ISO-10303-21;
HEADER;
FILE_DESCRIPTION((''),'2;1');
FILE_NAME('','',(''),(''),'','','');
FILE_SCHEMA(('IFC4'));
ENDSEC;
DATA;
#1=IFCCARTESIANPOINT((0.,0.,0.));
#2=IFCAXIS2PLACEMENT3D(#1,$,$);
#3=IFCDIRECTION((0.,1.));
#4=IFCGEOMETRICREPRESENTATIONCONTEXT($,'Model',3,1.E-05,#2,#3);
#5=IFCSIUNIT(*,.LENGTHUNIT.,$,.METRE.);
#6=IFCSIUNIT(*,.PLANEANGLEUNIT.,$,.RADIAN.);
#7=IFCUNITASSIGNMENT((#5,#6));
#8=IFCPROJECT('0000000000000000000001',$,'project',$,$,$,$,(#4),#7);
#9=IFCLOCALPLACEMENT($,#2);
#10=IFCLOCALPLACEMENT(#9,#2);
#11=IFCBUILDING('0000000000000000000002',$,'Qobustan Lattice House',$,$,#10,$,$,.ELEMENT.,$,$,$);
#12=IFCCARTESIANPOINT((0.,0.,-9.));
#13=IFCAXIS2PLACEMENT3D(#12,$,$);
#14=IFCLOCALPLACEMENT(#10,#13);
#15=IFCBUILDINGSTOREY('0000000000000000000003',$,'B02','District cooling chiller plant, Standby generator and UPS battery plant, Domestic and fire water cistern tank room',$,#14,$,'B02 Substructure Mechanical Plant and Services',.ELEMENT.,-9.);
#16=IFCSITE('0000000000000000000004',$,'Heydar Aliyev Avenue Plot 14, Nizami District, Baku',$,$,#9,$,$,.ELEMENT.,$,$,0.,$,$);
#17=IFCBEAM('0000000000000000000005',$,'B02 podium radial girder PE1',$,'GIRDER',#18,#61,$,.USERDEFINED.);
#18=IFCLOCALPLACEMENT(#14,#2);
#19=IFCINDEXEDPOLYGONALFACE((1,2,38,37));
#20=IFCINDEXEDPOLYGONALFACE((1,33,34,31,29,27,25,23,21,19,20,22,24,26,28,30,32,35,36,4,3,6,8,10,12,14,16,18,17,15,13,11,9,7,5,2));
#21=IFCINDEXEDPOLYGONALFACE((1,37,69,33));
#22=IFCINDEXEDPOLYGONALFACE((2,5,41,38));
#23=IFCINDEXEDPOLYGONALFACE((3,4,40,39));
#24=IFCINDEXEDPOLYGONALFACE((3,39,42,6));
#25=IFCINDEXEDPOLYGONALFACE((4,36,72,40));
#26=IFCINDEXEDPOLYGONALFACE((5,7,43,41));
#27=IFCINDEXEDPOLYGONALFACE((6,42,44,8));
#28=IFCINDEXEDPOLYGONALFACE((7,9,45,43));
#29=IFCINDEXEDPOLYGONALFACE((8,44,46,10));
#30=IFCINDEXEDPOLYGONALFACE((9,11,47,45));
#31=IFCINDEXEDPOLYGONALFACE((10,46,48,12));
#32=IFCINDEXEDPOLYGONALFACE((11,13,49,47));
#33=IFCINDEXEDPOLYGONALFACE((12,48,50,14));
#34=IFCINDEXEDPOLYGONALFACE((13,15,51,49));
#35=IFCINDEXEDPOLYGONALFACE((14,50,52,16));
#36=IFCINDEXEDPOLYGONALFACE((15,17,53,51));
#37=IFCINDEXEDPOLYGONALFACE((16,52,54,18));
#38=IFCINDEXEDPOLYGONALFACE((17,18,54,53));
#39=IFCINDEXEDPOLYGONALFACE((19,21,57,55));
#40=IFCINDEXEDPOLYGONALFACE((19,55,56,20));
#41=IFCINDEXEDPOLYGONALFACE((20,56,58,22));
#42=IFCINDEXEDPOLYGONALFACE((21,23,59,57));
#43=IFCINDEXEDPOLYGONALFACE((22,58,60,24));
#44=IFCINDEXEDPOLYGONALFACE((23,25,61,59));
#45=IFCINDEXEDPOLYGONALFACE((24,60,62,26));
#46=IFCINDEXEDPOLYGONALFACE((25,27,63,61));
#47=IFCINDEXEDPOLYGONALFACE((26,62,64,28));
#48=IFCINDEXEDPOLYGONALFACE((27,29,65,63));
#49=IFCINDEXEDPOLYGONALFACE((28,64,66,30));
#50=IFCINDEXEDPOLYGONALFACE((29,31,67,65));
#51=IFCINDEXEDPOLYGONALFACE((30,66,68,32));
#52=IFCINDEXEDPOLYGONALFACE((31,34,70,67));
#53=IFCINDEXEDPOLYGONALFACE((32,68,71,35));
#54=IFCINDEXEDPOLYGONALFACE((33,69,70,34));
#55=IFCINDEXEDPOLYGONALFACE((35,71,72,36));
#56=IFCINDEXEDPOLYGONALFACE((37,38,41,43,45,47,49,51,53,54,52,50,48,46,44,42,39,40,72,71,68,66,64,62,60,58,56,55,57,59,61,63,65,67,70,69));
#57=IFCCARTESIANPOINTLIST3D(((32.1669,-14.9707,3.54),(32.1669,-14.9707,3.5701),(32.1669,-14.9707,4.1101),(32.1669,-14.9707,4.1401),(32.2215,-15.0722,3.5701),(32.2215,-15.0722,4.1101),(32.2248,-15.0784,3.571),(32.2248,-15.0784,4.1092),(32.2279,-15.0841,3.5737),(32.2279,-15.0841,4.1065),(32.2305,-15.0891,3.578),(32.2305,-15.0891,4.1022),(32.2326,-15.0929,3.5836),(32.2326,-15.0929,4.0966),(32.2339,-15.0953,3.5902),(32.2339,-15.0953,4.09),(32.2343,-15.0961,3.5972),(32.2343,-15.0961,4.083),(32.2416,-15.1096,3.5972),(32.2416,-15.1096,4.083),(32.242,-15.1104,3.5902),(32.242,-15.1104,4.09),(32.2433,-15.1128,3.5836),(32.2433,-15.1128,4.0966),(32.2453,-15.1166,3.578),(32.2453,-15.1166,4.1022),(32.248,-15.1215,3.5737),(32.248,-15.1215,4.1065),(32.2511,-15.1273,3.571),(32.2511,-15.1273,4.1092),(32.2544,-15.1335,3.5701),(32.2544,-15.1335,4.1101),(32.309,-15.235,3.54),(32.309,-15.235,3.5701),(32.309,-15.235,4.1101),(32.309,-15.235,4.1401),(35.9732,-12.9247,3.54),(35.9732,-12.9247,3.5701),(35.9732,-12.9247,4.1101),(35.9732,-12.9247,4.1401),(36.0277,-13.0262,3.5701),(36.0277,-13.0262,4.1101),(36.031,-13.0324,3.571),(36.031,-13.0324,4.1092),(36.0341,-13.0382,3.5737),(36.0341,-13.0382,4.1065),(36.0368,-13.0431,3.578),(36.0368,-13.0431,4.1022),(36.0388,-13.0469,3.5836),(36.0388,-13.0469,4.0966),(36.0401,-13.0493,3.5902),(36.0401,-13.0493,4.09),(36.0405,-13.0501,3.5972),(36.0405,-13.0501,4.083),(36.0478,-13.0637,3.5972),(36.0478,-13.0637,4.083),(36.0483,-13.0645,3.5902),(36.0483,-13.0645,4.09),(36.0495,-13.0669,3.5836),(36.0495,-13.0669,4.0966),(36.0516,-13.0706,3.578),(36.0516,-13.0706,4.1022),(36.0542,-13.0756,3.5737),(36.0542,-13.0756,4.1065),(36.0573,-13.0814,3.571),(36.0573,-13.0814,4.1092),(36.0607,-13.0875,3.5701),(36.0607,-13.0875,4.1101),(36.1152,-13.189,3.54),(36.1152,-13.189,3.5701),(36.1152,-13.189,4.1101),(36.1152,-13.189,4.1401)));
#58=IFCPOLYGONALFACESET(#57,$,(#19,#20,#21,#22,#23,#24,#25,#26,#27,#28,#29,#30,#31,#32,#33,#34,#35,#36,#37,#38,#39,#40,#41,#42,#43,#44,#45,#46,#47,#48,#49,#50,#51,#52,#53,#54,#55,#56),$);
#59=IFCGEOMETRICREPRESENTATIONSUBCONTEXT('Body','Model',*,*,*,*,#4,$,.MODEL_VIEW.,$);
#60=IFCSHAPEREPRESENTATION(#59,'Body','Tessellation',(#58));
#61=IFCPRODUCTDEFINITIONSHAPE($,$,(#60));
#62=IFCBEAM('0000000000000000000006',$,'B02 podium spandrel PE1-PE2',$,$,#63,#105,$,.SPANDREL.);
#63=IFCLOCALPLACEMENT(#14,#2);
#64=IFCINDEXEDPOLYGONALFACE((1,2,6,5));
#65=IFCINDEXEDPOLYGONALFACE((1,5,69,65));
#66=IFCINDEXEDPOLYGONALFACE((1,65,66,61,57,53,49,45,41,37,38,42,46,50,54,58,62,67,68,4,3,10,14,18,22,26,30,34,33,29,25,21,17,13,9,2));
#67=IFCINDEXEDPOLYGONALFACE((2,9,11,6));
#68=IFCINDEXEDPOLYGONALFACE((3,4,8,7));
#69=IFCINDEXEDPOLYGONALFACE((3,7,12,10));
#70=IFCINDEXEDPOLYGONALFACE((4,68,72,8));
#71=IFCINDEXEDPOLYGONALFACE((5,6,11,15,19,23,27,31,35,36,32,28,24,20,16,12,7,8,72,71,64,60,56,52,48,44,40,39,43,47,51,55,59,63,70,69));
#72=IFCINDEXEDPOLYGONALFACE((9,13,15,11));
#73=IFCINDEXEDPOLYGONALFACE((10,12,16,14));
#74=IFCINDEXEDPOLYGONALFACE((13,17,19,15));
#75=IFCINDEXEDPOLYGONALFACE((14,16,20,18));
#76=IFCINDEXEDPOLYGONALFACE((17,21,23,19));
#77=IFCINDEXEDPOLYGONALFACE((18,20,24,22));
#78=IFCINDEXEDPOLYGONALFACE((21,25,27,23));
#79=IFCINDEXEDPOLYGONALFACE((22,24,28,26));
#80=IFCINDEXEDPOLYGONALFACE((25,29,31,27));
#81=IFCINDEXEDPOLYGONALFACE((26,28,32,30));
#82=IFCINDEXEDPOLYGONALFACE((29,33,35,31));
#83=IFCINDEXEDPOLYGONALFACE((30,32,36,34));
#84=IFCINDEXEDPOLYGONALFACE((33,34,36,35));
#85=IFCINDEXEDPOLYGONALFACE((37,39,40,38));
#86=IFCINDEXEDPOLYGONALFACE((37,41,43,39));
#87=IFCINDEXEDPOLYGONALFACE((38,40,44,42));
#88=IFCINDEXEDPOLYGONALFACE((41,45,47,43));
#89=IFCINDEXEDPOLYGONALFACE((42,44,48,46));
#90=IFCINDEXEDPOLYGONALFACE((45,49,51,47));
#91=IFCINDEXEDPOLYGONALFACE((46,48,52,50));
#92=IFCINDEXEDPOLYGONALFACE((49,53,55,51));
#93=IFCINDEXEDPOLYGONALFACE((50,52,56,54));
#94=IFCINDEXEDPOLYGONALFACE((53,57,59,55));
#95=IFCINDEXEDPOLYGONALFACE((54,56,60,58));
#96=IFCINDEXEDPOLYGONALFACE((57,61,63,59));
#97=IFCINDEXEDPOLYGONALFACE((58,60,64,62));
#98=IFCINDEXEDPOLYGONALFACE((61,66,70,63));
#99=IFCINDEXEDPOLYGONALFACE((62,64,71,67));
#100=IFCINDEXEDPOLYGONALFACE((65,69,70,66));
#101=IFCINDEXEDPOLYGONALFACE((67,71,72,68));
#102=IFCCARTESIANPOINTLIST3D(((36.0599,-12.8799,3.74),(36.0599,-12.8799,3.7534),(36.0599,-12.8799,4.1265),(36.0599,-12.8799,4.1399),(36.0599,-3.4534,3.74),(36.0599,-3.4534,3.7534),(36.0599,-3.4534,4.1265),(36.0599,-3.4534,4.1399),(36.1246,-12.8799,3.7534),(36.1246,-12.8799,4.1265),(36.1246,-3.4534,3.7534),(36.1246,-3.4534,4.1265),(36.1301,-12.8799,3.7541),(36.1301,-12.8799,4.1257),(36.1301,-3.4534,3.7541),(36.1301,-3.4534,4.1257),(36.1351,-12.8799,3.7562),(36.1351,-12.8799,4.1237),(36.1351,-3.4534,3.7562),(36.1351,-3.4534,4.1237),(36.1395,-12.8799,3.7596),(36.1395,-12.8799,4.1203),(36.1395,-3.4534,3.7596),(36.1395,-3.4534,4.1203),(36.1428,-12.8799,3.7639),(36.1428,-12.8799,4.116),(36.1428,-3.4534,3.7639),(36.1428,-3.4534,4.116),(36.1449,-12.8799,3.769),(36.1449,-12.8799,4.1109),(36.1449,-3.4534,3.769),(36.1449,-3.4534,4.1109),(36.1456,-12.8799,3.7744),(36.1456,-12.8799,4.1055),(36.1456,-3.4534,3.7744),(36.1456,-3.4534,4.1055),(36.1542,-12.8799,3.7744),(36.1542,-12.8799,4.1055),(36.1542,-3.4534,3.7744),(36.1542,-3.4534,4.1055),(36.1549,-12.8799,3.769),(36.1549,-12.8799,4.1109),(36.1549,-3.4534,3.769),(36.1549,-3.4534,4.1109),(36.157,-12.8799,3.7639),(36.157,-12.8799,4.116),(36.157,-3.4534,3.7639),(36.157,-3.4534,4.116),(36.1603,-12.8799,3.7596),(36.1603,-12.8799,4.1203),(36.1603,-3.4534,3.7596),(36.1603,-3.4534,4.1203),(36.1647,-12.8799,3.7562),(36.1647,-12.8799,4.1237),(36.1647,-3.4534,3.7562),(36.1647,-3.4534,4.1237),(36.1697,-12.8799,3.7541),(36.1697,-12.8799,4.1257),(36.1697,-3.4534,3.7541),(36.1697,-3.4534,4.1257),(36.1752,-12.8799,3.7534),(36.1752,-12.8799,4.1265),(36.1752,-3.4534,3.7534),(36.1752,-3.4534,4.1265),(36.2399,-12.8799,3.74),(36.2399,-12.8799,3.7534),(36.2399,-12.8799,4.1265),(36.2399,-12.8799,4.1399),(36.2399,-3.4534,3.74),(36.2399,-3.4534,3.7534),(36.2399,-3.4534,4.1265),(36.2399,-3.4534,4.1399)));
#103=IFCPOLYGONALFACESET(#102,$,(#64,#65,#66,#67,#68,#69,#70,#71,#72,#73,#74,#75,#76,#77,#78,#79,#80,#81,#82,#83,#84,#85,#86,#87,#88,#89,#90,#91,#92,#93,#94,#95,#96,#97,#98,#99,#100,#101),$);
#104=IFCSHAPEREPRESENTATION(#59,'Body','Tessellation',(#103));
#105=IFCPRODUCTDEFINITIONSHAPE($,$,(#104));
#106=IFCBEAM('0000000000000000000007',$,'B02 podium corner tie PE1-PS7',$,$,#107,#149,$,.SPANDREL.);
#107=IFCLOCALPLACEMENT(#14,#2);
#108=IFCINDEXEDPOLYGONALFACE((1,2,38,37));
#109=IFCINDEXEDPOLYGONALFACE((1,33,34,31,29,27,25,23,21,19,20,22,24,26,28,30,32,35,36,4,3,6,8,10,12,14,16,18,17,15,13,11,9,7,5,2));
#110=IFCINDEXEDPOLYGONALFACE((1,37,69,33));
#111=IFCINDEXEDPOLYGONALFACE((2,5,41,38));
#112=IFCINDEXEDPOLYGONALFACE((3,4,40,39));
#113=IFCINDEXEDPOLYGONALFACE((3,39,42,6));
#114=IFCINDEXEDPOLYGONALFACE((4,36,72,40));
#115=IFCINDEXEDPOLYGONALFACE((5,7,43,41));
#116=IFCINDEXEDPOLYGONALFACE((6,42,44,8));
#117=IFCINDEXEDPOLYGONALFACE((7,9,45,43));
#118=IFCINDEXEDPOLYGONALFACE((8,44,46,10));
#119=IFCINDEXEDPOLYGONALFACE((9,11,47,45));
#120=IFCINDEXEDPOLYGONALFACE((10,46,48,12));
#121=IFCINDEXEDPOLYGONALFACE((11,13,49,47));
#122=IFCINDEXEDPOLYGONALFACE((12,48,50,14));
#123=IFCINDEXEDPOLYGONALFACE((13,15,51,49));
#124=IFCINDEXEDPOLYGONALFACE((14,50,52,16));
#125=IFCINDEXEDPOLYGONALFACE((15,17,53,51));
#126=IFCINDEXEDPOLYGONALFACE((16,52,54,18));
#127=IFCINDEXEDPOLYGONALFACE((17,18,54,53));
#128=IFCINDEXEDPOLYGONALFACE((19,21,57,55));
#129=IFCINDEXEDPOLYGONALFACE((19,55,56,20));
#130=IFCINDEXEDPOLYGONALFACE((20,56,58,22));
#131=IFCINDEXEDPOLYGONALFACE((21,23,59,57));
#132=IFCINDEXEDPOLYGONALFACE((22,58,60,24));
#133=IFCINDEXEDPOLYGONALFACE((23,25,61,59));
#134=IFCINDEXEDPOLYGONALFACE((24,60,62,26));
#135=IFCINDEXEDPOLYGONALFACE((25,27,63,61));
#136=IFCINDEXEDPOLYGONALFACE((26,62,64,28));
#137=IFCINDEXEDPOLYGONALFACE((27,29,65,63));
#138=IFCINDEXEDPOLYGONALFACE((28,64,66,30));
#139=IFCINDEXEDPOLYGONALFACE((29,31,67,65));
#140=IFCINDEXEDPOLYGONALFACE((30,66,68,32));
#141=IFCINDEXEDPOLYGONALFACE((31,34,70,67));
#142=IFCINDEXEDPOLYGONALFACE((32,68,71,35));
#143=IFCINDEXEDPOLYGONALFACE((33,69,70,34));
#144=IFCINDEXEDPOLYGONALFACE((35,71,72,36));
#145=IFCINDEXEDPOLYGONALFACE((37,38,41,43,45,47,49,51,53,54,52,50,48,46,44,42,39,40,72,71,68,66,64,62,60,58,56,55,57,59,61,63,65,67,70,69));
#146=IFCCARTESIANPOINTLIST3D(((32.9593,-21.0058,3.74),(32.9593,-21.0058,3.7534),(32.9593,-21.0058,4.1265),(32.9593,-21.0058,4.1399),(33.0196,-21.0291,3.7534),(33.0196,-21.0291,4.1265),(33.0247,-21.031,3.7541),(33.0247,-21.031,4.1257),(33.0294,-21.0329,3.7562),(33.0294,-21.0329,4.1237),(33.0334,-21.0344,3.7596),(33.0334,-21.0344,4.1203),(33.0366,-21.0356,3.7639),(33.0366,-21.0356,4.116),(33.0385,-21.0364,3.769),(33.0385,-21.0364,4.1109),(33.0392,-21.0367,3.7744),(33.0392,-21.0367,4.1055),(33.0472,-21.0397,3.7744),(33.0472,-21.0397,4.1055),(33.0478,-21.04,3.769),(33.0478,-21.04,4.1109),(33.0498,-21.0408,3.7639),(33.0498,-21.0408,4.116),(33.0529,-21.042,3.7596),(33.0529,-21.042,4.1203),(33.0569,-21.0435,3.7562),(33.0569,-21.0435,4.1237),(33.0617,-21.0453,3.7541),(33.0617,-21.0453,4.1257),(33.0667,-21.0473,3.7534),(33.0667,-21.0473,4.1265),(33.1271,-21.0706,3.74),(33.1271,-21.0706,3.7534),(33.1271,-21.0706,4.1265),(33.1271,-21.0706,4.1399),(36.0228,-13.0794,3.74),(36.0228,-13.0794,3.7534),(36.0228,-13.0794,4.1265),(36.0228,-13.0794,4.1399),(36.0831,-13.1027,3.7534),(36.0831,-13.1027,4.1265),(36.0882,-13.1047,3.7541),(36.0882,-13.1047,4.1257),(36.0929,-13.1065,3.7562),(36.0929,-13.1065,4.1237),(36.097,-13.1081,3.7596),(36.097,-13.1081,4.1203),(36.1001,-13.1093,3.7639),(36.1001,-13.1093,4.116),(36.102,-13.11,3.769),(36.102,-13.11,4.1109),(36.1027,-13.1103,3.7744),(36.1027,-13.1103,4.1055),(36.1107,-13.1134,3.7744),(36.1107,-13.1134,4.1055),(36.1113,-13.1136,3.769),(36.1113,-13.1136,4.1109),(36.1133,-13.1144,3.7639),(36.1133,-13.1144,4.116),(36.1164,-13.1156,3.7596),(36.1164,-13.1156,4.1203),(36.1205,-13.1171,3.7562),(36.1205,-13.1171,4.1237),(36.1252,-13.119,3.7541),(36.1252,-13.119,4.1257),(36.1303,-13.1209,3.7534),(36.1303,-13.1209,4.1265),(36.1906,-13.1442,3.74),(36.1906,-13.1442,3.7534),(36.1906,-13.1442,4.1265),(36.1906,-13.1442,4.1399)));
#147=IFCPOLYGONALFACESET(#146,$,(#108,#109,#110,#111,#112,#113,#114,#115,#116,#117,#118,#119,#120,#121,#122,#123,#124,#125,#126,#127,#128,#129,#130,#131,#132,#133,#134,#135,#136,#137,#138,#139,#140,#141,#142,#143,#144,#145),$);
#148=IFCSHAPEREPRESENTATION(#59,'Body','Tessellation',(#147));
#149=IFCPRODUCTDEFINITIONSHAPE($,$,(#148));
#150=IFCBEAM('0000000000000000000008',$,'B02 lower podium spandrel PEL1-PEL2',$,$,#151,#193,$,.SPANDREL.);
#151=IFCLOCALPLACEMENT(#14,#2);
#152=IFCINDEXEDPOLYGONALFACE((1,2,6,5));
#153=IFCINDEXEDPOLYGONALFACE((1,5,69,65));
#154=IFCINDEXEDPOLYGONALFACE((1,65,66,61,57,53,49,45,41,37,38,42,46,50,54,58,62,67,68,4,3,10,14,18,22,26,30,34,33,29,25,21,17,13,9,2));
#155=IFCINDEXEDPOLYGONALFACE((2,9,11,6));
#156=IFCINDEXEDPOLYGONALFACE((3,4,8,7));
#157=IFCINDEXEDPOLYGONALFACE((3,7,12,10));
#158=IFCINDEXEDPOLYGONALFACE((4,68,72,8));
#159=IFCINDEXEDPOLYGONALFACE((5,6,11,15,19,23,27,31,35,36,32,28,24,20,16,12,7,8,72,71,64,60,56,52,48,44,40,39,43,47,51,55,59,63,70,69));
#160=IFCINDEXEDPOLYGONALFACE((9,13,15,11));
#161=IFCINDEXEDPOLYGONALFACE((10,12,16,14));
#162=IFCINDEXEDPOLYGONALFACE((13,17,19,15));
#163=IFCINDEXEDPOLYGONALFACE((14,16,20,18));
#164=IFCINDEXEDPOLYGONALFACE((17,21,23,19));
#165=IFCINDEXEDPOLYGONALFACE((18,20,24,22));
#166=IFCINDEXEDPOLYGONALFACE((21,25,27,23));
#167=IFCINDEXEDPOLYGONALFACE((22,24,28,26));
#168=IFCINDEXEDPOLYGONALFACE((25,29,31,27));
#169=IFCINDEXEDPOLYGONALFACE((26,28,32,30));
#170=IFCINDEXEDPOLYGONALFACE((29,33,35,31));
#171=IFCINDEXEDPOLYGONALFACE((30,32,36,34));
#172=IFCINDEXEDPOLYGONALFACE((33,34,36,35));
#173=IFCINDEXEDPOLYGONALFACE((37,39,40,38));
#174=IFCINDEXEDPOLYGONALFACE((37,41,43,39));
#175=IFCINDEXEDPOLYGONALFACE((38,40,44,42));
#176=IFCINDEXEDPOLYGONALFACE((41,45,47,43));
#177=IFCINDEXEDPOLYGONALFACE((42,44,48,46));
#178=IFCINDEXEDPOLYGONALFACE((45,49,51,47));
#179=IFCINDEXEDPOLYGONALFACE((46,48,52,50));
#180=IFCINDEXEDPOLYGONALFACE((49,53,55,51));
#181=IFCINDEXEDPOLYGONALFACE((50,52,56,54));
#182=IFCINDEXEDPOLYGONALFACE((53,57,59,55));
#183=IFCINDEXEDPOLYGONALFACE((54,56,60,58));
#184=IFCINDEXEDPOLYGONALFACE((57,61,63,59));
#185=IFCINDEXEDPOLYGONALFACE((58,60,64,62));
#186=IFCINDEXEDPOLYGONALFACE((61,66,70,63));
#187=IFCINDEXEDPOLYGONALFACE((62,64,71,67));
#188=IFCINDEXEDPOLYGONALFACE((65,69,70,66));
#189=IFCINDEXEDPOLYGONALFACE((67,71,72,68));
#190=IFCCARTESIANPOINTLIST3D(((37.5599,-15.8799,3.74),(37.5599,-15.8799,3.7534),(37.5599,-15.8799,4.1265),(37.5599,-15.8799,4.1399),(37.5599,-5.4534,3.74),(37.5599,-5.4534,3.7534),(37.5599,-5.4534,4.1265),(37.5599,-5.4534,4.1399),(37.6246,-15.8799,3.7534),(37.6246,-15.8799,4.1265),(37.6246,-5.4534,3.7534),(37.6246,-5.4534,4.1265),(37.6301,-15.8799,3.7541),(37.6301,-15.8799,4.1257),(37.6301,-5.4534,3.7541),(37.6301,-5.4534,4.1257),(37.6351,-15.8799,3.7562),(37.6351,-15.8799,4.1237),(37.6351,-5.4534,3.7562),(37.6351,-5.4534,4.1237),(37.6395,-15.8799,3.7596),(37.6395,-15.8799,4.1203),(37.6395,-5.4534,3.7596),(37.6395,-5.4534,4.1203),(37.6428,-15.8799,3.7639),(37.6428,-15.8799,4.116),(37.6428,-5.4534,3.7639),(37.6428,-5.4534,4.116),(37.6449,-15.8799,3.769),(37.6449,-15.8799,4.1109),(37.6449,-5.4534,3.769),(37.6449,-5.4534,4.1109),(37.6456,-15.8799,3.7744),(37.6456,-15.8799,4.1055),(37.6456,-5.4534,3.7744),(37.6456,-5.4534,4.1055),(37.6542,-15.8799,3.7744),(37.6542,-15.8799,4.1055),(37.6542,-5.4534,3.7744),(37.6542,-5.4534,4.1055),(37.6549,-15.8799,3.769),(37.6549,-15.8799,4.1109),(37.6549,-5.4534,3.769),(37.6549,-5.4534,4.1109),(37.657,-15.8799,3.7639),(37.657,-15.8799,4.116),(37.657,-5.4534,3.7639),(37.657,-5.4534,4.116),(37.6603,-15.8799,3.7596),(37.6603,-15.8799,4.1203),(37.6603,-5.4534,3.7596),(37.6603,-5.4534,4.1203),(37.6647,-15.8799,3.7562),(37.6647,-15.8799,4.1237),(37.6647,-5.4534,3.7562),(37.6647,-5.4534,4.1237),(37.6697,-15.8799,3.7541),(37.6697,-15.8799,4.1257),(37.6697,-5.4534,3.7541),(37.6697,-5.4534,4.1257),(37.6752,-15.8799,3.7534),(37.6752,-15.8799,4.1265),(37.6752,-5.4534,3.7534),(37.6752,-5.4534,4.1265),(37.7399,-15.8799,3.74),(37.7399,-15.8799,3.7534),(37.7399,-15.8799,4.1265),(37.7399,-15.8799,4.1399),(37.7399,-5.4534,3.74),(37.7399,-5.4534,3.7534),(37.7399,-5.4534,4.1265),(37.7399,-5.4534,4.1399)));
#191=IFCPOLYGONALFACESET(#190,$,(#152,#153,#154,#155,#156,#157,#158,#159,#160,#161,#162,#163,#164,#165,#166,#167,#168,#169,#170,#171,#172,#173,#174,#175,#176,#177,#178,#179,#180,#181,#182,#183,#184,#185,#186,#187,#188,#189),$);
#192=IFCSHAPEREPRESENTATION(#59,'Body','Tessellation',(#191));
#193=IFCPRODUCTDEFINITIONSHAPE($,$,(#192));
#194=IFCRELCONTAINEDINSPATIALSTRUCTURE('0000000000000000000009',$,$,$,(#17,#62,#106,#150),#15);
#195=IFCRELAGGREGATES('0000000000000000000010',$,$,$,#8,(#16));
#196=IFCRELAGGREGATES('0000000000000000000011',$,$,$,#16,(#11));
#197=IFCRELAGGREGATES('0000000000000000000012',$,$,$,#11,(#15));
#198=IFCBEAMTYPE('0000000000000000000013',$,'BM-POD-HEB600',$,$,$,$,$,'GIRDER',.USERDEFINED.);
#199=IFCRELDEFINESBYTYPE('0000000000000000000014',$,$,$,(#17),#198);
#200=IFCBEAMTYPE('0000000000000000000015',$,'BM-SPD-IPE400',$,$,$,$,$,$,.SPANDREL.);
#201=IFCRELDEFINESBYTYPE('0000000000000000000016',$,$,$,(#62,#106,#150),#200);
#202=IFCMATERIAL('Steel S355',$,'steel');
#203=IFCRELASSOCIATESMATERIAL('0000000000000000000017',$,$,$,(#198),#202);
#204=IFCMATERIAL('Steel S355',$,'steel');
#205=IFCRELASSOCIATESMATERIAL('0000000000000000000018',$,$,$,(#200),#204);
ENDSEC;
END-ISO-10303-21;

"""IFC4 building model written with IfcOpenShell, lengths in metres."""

from ifc_helpers import new_model, si_unit, direction, frame, origin, origin_2d, place, context, subcontext, project, spatial, i_section, extrude, material, material_profile, profile_set, type_object, element, save


model = new_model("IFC4")

# Units and contexts
model_context = context("Model", 3, precision=1e-05, world=origin(), true_north=direction((0.0, 1.0)))
body_context = subcontext(model_context, "Body", "Model", "MODEL_VIEW")
ifc_project = project(units=[si_unit("LENGTHUNIT", "METRE"), si_unit("PLANEANGLEUNIT", "RADIAN")], contexts=[model_context])

# Site, building, storey
site_placement = place(None, origin())
site = spatial("IfcSite", under=ifc_project, at=site_placement, Name="Heydar Aliyev Avenue Plot 14, Nizami District, Baku", CompositionType="ELEMENT", RefElevation=0.0)
building_placement = place(site_placement, origin())
building = spatial("IfcBuilding", under=site, at=building_placement, Name="Qobustan Lattice House", CompositionType="ELEMENT")
storey_placement = place(building_placement, frame((0.0, 0.0, -9.0)))
storey = spatial("IfcBuildingStorey", under=building, at=storey_placement, Name="B02", Description="District cooling chiller plant, Standby generator and UPS battery plant, Domestic and fire water cistern tank room", LongName="B02 Substructure Mechanical Plant and Services", CompositionType="ELEMENT", Elevation=-9.0)

# Beams
ifc_material_1 = material(Name="Steel S355", Category="steel")
ifc_material_profile_1 = material_profile(ifc_material_1, i_section(OverallWidth=0.3, OverallDepth=0.6001, WebThickness=0.0154, FlangeThickness=0.03, FilletRadius=0.0271, at=origin_2d()), Name="HEB600")
ifc_profile_set_1 = profile_set([ifc_material_profile_1], Name="Steel S355")
beam_type_1 = type_object("IfcBeamType", Name="BM-POD-HEB600", ElementType="GIRDER", PredefinedType="USERDEFINED", material=ifc_profile_set_1)
beam_1_placement = place(storey_placement, frame((36.0442, -13.0569, 3.8401), z_axis=(-0.880816, -0.47346, 0.0), x_axis=(0.47346, -0.880816, 0.0)))
element("IfcBeam", 1, at=beam_1_placement, inside=storey, type_object=beam_type_1, Name="B02 podium radial girder PE1", ObjectType="GIRDER", PredefinedType="USERDEFINED", context=body_context, shape_type="SweptSolid", body=[
    extrude(i_section(OverallWidth=0.3, OverallDepth=0.6001, WebThickness=0.0154, FlangeThickness=0.03, FilletRadius=0.0271, at=origin_2d()), origin(), (0.0, 0.0, 1.0), 4.3213),
])
ifc_material_2 = material(Name="Steel S355", Category="steel")
ifc_material_profile_2 = material_profile(ifc_material_2, i_section(OverallWidth=0.1799, OverallDepth=0.3999, WebThickness=0.0085, FlangeThickness=0.0134, FilletRadius=0.021, at=origin_2d()), Name="IPE400")
ifc_profile_set_2 = profile_set([ifc_material_profile_2], Name="Steel S355")
beam_type_2 = type_object("IfcBeamType", Name="BM-SPD-IPE400", PredefinedType="SPANDREL", material=ifc_profile_set_2)
beam_2_placement = place(storey_placement, frame((36.1499, -12.8799, 3.9399), z_axis=(0.0, 1.0, 0.0), x_axis=(-1.0, 0.0, 0.0)))
element("IfcBeam", 2, at=beam_2_placement, inside=storey, type_object=beam_type_2, Name="B02 podium spandrel PE1-PE2", PredefinedType="SPANDREL", context=body_context, shape_type="SweptSolid", body=[
    extrude(i_section(OverallWidth=0.1799, OverallDepth=0.3999, WebThickness=0.0085, FlangeThickness=0.0134, FilletRadius=0.021, at=origin_2d()), origin(), (0.0, 0.0, 1.0), 9.4265),
])
beam_3_placement = place(storey_placement, frame((36.1067, -13.1118, 3.9399), z_axis=(-0.360507, -0.932756, 0.0), x_axis=(0.932756, -0.360507, 0.0)))
element("IfcBeam", 3, at=beam_3_placement, inside=storey, type_object=beam_type_2, Name="B02 podium corner tie PE1-PS7", PredefinedType="SPANDREL", context=body_context, shape_type="SweptSolid", body=[
    extrude(i_section(OverallWidth=0.1799, OverallDepth=0.3999, WebThickness=0.0085, FlangeThickness=0.0134, FilletRadius=0.021, at=origin_2d()), origin(), (0.0, 0.0, 1.0), 8.4978),
])
beam_4_placement = place(storey_placement, frame((37.6499, -15.8799, 3.9399), z_axis=(0.0, 1.0, 0.0), x_axis=(-1.0, 0.0, 0.0)))
element("IfcBeam", 4, at=beam_4_placement, inside=storey, type_object=beam_type_2, Name="B02 lower podium spandrel PEL1-PEL2", PredefinedType="SPANDREL", context=body_context, shape_type="SweptSolid", body=[
    extrude(i_section(OverallWidth=0.1799, OverallDepth=0.3999, WebThickness=0.0085, FlangeThickness=0.0134, FilletRadius=0.021, at=origin_2d()), origin(), (0.0, 0.0, 1.0), 10.4265),
])

save(model, "model.ifc")
